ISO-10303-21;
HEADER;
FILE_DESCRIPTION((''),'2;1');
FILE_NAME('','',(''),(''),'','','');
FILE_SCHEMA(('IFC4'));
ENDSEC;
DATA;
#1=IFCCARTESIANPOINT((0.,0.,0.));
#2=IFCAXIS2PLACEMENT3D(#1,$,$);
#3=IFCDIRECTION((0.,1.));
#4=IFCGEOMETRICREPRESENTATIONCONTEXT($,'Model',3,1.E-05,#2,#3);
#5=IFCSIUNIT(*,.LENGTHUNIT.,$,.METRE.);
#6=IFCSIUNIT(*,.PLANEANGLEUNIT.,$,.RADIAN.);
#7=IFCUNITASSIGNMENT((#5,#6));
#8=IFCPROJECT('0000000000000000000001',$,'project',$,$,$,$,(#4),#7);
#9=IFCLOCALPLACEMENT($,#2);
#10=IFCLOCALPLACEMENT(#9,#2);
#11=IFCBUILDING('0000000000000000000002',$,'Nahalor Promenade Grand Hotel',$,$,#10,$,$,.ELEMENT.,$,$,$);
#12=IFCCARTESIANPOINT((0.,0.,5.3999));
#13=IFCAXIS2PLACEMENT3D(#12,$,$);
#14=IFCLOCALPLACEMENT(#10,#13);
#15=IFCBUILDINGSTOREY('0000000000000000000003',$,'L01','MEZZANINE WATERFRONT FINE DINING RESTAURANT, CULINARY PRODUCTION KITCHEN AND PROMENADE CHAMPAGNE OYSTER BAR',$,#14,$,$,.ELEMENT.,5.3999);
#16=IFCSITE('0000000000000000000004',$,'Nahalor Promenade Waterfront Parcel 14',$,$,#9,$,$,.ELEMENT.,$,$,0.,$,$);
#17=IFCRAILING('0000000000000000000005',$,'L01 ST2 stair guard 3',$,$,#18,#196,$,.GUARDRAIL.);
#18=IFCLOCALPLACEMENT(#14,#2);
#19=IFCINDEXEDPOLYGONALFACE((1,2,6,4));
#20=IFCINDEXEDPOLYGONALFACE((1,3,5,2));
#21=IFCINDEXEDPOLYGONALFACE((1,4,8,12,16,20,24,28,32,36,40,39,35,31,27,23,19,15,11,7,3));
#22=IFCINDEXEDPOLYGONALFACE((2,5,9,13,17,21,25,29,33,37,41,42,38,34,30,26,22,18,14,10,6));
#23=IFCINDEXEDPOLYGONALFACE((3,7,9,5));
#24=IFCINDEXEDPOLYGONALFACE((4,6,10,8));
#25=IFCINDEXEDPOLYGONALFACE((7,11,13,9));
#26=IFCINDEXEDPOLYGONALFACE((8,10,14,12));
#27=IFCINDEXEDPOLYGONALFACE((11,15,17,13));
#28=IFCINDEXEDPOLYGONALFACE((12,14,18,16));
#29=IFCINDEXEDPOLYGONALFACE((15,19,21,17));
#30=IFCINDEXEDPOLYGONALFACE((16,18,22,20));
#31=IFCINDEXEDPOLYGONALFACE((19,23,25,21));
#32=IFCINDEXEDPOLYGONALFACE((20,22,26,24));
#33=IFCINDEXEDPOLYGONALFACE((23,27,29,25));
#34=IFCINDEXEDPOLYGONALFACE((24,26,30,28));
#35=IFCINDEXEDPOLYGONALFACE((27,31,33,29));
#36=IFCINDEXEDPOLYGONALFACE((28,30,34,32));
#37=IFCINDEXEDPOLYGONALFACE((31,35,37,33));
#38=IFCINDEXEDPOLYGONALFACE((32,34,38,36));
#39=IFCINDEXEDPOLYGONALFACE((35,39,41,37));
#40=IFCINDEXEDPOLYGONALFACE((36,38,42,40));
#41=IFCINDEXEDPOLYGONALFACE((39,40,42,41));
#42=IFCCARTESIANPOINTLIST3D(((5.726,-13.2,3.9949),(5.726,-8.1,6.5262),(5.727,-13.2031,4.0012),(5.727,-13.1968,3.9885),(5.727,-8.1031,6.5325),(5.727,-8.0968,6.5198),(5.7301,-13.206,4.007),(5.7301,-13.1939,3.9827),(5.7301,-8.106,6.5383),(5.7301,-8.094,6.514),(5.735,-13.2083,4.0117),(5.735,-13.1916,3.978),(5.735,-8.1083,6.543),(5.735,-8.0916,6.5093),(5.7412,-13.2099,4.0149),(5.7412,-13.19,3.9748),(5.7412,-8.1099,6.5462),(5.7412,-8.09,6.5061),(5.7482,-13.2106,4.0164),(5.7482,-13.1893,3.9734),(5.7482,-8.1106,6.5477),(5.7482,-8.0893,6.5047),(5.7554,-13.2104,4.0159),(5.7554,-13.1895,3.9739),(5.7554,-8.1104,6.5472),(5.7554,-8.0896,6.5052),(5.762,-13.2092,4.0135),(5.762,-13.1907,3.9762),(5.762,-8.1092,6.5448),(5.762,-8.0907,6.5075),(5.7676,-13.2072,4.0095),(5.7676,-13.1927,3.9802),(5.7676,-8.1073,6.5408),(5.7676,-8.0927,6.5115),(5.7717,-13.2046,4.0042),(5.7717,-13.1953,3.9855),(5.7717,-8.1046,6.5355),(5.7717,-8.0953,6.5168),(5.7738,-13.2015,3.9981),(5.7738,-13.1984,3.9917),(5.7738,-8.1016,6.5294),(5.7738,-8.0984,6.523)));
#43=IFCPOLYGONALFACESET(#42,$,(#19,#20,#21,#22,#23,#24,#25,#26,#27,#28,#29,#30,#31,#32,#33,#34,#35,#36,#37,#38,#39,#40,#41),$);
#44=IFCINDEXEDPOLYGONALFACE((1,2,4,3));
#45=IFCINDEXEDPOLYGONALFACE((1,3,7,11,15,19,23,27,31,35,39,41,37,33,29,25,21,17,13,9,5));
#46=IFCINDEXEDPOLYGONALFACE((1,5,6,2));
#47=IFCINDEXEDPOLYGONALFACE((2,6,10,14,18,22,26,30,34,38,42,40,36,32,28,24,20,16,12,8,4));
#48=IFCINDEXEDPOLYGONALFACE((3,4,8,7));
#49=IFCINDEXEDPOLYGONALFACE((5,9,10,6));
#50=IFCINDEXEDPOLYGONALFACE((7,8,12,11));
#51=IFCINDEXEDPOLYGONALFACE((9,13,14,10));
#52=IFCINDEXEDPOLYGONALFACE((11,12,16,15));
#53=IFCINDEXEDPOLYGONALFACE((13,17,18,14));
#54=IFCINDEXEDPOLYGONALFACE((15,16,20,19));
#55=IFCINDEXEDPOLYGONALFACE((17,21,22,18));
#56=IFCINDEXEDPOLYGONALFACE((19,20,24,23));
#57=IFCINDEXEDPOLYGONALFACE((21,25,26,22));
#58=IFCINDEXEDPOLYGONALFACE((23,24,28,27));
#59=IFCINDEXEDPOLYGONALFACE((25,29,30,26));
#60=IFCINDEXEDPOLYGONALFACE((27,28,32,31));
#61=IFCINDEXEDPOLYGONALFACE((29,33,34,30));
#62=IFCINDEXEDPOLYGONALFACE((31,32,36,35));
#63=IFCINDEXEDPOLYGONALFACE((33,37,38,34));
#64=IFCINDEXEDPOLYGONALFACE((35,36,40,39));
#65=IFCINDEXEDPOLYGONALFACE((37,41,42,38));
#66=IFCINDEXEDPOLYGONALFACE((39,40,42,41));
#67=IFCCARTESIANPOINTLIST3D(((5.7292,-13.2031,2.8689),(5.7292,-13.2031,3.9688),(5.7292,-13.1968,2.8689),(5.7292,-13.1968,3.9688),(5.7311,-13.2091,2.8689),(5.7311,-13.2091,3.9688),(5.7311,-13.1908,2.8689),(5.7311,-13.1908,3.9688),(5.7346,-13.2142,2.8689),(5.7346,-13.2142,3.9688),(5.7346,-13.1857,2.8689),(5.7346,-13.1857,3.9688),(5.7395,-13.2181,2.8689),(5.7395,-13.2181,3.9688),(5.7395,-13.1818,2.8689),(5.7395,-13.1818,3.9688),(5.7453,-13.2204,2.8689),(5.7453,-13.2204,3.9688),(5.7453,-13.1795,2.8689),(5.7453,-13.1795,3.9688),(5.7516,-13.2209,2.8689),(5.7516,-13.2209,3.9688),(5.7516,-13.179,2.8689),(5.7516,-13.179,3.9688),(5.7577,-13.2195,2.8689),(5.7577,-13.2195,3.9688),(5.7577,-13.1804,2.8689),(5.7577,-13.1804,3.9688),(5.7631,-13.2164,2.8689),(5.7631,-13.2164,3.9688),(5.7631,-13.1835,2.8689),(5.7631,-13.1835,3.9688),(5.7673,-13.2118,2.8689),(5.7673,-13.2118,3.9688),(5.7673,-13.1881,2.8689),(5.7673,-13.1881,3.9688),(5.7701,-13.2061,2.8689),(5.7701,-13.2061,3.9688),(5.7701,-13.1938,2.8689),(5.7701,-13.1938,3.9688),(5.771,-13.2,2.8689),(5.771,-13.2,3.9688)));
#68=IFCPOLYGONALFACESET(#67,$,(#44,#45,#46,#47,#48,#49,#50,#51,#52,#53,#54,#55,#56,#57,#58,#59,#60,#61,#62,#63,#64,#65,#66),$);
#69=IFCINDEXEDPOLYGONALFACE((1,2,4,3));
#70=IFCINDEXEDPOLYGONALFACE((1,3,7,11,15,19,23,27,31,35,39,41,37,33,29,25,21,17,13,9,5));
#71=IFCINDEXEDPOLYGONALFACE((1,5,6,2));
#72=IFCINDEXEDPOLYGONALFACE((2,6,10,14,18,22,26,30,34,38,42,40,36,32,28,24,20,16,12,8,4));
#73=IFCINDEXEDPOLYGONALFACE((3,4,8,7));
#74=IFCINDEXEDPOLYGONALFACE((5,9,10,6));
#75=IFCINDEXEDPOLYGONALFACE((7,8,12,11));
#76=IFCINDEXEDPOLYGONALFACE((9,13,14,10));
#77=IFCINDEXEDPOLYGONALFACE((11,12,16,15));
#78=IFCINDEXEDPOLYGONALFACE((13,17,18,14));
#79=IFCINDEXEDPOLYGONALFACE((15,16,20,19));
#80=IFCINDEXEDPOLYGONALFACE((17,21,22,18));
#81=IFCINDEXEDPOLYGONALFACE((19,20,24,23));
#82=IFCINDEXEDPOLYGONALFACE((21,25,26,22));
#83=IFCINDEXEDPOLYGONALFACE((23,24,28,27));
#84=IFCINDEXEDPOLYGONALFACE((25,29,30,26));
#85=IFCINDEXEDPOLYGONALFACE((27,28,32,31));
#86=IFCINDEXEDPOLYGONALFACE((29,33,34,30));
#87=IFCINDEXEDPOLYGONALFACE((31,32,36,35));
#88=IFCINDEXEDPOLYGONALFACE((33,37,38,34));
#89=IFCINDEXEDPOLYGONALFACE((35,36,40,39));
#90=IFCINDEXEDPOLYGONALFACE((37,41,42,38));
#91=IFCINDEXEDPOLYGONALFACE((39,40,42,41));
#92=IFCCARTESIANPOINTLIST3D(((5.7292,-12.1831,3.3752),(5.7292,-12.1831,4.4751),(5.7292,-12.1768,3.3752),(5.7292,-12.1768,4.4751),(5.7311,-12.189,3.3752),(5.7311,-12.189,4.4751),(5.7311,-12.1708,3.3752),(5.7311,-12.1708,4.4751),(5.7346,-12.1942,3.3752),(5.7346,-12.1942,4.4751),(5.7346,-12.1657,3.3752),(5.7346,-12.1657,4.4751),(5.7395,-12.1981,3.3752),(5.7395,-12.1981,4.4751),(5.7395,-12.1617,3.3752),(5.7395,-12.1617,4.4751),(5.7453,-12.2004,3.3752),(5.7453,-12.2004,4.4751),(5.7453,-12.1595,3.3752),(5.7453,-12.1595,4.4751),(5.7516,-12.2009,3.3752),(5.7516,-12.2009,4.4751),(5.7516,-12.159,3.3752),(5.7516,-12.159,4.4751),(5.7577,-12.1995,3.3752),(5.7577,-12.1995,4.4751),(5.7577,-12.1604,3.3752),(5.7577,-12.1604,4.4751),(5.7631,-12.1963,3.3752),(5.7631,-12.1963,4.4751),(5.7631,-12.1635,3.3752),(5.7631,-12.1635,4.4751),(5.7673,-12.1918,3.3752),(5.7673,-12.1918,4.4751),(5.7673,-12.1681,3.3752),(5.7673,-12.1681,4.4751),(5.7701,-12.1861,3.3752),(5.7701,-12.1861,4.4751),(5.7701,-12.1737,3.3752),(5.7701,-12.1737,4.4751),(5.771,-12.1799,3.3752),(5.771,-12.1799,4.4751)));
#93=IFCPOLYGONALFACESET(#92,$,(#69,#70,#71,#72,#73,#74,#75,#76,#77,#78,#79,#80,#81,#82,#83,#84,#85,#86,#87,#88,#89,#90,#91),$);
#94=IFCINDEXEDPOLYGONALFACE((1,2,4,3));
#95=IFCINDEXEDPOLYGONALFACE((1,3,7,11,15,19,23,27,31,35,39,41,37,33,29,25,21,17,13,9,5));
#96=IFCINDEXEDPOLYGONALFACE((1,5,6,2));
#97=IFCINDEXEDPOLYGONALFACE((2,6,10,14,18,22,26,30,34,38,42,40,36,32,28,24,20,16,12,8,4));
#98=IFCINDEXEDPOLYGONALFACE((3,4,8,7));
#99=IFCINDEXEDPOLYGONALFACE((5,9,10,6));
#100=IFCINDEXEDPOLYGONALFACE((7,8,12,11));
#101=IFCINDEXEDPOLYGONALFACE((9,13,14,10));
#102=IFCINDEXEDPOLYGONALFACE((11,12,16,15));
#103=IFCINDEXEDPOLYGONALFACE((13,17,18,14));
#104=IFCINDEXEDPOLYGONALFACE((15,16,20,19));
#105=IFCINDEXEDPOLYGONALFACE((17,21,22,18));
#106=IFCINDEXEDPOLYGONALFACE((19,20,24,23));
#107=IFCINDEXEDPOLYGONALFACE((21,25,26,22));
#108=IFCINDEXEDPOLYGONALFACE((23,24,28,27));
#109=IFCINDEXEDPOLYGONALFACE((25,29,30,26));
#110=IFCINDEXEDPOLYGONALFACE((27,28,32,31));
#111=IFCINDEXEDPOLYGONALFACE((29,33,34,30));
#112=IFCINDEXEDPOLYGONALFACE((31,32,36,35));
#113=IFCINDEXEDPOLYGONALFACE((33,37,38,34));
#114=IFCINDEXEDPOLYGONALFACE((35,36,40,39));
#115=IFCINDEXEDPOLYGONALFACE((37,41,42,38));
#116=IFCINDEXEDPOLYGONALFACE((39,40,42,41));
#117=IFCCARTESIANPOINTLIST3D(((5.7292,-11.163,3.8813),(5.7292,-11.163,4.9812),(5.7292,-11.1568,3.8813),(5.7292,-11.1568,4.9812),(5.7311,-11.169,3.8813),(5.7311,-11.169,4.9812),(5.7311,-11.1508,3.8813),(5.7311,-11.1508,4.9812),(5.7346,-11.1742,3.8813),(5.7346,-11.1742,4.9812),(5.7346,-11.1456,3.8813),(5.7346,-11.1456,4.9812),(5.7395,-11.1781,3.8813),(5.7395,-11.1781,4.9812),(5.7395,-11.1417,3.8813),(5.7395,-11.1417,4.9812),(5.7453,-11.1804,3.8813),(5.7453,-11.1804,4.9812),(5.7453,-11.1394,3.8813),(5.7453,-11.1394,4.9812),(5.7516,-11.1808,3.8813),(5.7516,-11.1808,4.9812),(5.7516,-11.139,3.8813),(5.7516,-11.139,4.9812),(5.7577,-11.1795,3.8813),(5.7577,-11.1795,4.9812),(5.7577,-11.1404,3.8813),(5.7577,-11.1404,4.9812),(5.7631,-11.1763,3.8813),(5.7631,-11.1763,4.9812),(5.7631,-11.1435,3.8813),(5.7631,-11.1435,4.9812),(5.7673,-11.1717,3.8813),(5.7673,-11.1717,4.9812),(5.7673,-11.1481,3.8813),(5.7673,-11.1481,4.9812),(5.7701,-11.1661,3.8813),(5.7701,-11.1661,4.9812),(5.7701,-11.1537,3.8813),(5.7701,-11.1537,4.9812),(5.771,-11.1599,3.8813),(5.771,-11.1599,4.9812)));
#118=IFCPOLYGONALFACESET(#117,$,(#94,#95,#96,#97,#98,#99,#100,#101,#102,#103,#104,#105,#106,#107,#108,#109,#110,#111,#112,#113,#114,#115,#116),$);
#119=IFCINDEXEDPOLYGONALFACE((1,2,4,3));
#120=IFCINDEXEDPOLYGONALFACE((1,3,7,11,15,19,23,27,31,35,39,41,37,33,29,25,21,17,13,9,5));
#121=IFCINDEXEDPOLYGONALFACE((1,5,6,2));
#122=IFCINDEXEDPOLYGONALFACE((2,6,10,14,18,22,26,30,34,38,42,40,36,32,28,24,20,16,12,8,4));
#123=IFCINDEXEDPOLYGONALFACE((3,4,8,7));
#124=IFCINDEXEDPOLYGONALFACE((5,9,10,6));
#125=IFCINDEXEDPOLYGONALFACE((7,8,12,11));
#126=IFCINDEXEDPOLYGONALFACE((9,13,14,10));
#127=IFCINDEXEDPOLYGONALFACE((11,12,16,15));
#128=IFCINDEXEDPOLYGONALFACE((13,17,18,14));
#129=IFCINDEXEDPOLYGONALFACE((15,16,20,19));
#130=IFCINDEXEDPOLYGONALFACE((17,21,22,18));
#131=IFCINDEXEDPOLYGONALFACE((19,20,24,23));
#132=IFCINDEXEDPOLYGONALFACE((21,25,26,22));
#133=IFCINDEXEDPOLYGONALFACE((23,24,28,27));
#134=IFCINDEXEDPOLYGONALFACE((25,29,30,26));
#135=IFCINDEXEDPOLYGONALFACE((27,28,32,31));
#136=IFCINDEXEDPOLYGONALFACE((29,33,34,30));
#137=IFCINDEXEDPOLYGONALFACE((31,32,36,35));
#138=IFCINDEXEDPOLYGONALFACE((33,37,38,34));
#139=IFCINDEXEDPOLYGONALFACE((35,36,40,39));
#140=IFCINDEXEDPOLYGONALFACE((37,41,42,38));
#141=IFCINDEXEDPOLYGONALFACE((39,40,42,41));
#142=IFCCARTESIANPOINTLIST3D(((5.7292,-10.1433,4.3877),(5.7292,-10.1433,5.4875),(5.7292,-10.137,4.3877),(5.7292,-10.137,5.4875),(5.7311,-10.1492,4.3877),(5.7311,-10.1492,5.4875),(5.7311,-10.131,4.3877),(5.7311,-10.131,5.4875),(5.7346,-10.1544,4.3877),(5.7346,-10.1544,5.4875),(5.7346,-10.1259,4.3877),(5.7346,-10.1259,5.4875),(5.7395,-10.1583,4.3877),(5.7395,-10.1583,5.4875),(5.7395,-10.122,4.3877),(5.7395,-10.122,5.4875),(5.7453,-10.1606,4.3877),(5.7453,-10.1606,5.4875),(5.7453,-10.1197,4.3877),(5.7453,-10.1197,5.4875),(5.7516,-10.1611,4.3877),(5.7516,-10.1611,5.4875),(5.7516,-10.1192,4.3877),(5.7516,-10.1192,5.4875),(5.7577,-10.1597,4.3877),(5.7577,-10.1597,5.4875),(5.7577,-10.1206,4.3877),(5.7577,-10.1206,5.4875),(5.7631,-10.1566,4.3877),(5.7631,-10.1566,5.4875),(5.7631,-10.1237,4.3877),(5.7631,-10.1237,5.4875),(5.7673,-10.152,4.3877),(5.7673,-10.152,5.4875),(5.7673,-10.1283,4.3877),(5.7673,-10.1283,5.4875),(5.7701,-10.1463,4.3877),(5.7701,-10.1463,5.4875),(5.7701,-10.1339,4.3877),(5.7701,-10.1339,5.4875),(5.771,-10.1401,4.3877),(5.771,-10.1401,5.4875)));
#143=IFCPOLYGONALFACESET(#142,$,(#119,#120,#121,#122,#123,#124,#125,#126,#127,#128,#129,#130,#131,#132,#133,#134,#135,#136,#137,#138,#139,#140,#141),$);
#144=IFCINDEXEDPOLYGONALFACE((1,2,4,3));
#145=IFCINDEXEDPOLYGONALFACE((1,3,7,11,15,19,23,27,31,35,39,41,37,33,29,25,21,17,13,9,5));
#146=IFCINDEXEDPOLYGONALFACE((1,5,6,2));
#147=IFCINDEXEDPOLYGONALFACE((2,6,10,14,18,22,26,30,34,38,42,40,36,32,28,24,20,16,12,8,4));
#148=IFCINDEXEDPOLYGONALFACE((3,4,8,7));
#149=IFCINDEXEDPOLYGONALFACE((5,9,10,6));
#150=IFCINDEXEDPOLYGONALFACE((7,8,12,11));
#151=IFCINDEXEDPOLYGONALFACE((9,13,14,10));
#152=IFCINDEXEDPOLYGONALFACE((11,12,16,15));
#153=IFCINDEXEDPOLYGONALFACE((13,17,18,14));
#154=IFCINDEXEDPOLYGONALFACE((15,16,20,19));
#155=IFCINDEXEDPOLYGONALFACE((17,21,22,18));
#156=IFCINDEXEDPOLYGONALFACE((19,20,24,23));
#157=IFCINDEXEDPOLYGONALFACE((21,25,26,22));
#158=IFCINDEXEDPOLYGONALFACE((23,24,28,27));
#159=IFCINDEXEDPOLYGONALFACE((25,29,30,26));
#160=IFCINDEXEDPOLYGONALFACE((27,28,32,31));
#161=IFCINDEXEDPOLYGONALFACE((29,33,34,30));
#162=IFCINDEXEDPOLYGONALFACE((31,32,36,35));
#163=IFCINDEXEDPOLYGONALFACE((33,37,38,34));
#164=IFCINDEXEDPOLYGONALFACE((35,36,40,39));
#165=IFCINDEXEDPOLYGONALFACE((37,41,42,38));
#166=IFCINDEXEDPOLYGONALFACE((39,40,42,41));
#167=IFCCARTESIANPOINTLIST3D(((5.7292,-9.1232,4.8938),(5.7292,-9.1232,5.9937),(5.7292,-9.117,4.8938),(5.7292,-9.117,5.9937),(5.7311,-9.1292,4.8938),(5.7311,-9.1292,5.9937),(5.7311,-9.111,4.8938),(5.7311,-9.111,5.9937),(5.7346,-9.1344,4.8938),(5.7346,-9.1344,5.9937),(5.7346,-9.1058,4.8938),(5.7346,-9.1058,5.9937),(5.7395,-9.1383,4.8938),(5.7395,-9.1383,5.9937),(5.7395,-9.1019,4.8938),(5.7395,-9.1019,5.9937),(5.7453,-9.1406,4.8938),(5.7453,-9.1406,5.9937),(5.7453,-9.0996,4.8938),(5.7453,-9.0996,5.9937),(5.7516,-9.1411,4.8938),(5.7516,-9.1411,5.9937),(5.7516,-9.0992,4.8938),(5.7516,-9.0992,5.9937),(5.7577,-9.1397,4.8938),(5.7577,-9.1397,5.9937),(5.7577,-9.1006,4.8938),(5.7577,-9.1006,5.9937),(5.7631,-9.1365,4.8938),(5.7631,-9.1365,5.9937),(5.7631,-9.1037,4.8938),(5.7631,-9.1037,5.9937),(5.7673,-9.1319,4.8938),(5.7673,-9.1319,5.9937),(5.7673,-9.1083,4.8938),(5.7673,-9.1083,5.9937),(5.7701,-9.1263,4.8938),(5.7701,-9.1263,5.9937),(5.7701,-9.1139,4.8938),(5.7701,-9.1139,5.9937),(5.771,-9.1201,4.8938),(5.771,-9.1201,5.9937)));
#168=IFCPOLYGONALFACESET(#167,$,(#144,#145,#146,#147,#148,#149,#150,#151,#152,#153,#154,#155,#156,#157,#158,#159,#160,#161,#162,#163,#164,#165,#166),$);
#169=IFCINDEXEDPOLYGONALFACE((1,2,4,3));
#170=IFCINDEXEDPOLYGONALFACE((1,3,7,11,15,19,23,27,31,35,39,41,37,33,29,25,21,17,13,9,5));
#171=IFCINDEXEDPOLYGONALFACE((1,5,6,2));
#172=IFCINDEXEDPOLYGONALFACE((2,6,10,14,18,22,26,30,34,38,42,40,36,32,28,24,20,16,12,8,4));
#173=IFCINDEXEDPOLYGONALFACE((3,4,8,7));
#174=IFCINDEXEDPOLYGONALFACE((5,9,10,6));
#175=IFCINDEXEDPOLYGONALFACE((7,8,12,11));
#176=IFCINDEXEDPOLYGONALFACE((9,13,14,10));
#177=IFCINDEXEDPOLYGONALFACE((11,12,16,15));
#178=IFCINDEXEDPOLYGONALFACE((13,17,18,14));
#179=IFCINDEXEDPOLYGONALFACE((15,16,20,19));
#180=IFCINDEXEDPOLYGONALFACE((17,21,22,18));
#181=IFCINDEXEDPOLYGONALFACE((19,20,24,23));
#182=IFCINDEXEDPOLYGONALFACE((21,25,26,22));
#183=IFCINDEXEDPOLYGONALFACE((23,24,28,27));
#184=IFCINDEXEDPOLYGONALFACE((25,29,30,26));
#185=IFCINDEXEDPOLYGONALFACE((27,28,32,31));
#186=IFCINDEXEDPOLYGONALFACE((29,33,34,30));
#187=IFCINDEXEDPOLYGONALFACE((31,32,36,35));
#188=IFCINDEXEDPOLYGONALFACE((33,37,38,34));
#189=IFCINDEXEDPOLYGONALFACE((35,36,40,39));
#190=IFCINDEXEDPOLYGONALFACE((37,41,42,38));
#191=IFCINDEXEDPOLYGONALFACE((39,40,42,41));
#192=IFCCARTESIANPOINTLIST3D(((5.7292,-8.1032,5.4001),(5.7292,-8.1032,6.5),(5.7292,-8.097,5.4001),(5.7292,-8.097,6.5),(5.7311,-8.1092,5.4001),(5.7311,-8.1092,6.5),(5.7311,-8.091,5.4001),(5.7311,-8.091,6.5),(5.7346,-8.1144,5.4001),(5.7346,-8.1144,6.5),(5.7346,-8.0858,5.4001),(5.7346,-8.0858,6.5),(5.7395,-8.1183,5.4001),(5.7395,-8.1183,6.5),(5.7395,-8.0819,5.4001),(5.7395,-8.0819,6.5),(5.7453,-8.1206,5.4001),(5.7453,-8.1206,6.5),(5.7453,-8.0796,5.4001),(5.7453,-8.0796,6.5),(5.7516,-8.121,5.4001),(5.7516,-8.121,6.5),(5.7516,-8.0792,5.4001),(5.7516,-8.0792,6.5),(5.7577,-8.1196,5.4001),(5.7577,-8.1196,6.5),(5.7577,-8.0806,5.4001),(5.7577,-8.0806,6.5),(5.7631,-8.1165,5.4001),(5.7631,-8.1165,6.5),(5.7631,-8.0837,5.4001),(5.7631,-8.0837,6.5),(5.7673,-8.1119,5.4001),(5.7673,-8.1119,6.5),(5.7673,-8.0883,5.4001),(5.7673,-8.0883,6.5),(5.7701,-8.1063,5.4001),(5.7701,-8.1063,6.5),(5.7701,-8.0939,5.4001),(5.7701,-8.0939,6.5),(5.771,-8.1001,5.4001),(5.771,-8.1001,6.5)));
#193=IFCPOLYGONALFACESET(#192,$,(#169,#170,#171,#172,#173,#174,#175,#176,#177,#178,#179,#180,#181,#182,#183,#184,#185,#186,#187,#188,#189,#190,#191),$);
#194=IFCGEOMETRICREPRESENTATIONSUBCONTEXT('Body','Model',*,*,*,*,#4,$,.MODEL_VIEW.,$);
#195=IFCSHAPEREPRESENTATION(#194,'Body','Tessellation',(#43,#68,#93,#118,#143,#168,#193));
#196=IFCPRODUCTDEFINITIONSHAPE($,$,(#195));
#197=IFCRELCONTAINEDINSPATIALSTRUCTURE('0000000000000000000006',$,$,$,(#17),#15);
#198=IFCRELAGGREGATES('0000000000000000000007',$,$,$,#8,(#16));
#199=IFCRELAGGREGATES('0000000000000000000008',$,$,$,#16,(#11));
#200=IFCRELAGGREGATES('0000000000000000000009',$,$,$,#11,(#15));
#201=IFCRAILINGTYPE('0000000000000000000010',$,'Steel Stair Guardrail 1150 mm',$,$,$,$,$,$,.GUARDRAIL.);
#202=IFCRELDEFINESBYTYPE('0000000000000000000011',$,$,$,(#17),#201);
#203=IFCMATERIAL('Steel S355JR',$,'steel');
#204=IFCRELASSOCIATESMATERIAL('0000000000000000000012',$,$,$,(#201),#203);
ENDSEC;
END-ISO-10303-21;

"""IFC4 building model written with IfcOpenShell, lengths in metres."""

from ifc_helpers import new_model, si_unit, direction, frame, origin, origin_2d, place, context, subcontext, project, spatial, circle, extrude, material, type_object, element, save


model = new_model("IFC4")

# Units and contexts
model_context = context("Model", 3, precision=1e-05, world=origin(), true_north=direction((0.0, 1.0)))
body_context = subcontext(model_context, "Body", "Model", "MODEL_VIEW")
ifc_project = project(units=[si_unit("LENGTHUNIT", "METRE"), si_unit("PLANEANGLEUNIT", "RADIAN")], contexts=[model_context])

# Site, building, storey
site_placement = place(None, origin())
site = spatial("IfcSite", under=ifc_project, at=site_placement, Name="Nahalor Promenade Waterfront Parcel 14", CompositionType="ELEMENT", RefElevation=0.0)
building_placement = place(site_placement, origin())
building = spatial("IfcBuilding", under=site, at=building_placement, Name="Nahalor Promenade Grand Hotel", CompositionType="ELEMENT")
storey_placement = place(building_placement, frame((0.0, 0.0, 5.3999)))
storey = spatial("IfcBuildingStorey", under=building, at=storey_placement, Name="L01", Description="MEZZANINE WATERFRONT FINE DINING RESTAURANT, CULINARY PRODUCTION KITCHEN AND PROMENADE CHAMPAGNE OYSTER BAR", CompositionType="ELEMENT", Elevation=5.3999)

# Shared definitions
ifc_material_1 = material(Name="Steel S355JR", Category="steel")

# Railing
railing_type_1 = type_object("IfcRailingType", Name="Steel Stair Guardrail 1150 mm", PredefinedType="GUARDRAIL", material=ifc_material_1)
railing_1_placement = place(storey_placement, frame((5.75, -13.2, 2.8689)))
element("IfcRailing", 1, at=railing_1_placement, inside=storey, type_object=railing_type_1, Name="L01 ST2 stair guard 3", PredefinedType="GUARDRAIL", context=body_context, shape_type="SweptSolid", body=[
    extrude(circle(Radius=0.024, at=origin_2d()), frame((0.0, 0.0, 1.126), z_axis=(0.0, 0.895735, 0.444587), x_axis=(-1.0, 0.0, 0.0)), (0.0, 0.0, 1.0), 5.6936),
    extrude(circle(Radius=0.021, at=origin_2d()), origin(), (0.0, 0.0, 1.0), 1.0999),
    extrude(circle(Radius=0.021, at=origin_2d()), frame((0.0, 1.02, 0.5063)), (0.0, 0.0, 1.0), 1.0999),
    extrude(circle(Radius=0.021, at=origin_2d()), frame((0.0, 2.04, 1.0125)), (0.0, 0.0, 1.0), 1.0999),
    extrude(circle(Radius=0.021, at=origin_2d()), frame((0.0, 3.0598, 1.5188)), (0.0, 0.0, 1.0), 1.0999),
    extrude(circle(Radius=0.021, at=origin_2d()), frame((0.0, 4.0798, 2.0249)), (0.0, 0.0, 1.0), 1.0999),
    extrude(circle(Radius=0.021, at=origin_2d()), frame((0.0, 5.0999, 2.5312)), (0.0, 0.0, 1.0), 1.0999),
])

save(model, "model.ifc")
